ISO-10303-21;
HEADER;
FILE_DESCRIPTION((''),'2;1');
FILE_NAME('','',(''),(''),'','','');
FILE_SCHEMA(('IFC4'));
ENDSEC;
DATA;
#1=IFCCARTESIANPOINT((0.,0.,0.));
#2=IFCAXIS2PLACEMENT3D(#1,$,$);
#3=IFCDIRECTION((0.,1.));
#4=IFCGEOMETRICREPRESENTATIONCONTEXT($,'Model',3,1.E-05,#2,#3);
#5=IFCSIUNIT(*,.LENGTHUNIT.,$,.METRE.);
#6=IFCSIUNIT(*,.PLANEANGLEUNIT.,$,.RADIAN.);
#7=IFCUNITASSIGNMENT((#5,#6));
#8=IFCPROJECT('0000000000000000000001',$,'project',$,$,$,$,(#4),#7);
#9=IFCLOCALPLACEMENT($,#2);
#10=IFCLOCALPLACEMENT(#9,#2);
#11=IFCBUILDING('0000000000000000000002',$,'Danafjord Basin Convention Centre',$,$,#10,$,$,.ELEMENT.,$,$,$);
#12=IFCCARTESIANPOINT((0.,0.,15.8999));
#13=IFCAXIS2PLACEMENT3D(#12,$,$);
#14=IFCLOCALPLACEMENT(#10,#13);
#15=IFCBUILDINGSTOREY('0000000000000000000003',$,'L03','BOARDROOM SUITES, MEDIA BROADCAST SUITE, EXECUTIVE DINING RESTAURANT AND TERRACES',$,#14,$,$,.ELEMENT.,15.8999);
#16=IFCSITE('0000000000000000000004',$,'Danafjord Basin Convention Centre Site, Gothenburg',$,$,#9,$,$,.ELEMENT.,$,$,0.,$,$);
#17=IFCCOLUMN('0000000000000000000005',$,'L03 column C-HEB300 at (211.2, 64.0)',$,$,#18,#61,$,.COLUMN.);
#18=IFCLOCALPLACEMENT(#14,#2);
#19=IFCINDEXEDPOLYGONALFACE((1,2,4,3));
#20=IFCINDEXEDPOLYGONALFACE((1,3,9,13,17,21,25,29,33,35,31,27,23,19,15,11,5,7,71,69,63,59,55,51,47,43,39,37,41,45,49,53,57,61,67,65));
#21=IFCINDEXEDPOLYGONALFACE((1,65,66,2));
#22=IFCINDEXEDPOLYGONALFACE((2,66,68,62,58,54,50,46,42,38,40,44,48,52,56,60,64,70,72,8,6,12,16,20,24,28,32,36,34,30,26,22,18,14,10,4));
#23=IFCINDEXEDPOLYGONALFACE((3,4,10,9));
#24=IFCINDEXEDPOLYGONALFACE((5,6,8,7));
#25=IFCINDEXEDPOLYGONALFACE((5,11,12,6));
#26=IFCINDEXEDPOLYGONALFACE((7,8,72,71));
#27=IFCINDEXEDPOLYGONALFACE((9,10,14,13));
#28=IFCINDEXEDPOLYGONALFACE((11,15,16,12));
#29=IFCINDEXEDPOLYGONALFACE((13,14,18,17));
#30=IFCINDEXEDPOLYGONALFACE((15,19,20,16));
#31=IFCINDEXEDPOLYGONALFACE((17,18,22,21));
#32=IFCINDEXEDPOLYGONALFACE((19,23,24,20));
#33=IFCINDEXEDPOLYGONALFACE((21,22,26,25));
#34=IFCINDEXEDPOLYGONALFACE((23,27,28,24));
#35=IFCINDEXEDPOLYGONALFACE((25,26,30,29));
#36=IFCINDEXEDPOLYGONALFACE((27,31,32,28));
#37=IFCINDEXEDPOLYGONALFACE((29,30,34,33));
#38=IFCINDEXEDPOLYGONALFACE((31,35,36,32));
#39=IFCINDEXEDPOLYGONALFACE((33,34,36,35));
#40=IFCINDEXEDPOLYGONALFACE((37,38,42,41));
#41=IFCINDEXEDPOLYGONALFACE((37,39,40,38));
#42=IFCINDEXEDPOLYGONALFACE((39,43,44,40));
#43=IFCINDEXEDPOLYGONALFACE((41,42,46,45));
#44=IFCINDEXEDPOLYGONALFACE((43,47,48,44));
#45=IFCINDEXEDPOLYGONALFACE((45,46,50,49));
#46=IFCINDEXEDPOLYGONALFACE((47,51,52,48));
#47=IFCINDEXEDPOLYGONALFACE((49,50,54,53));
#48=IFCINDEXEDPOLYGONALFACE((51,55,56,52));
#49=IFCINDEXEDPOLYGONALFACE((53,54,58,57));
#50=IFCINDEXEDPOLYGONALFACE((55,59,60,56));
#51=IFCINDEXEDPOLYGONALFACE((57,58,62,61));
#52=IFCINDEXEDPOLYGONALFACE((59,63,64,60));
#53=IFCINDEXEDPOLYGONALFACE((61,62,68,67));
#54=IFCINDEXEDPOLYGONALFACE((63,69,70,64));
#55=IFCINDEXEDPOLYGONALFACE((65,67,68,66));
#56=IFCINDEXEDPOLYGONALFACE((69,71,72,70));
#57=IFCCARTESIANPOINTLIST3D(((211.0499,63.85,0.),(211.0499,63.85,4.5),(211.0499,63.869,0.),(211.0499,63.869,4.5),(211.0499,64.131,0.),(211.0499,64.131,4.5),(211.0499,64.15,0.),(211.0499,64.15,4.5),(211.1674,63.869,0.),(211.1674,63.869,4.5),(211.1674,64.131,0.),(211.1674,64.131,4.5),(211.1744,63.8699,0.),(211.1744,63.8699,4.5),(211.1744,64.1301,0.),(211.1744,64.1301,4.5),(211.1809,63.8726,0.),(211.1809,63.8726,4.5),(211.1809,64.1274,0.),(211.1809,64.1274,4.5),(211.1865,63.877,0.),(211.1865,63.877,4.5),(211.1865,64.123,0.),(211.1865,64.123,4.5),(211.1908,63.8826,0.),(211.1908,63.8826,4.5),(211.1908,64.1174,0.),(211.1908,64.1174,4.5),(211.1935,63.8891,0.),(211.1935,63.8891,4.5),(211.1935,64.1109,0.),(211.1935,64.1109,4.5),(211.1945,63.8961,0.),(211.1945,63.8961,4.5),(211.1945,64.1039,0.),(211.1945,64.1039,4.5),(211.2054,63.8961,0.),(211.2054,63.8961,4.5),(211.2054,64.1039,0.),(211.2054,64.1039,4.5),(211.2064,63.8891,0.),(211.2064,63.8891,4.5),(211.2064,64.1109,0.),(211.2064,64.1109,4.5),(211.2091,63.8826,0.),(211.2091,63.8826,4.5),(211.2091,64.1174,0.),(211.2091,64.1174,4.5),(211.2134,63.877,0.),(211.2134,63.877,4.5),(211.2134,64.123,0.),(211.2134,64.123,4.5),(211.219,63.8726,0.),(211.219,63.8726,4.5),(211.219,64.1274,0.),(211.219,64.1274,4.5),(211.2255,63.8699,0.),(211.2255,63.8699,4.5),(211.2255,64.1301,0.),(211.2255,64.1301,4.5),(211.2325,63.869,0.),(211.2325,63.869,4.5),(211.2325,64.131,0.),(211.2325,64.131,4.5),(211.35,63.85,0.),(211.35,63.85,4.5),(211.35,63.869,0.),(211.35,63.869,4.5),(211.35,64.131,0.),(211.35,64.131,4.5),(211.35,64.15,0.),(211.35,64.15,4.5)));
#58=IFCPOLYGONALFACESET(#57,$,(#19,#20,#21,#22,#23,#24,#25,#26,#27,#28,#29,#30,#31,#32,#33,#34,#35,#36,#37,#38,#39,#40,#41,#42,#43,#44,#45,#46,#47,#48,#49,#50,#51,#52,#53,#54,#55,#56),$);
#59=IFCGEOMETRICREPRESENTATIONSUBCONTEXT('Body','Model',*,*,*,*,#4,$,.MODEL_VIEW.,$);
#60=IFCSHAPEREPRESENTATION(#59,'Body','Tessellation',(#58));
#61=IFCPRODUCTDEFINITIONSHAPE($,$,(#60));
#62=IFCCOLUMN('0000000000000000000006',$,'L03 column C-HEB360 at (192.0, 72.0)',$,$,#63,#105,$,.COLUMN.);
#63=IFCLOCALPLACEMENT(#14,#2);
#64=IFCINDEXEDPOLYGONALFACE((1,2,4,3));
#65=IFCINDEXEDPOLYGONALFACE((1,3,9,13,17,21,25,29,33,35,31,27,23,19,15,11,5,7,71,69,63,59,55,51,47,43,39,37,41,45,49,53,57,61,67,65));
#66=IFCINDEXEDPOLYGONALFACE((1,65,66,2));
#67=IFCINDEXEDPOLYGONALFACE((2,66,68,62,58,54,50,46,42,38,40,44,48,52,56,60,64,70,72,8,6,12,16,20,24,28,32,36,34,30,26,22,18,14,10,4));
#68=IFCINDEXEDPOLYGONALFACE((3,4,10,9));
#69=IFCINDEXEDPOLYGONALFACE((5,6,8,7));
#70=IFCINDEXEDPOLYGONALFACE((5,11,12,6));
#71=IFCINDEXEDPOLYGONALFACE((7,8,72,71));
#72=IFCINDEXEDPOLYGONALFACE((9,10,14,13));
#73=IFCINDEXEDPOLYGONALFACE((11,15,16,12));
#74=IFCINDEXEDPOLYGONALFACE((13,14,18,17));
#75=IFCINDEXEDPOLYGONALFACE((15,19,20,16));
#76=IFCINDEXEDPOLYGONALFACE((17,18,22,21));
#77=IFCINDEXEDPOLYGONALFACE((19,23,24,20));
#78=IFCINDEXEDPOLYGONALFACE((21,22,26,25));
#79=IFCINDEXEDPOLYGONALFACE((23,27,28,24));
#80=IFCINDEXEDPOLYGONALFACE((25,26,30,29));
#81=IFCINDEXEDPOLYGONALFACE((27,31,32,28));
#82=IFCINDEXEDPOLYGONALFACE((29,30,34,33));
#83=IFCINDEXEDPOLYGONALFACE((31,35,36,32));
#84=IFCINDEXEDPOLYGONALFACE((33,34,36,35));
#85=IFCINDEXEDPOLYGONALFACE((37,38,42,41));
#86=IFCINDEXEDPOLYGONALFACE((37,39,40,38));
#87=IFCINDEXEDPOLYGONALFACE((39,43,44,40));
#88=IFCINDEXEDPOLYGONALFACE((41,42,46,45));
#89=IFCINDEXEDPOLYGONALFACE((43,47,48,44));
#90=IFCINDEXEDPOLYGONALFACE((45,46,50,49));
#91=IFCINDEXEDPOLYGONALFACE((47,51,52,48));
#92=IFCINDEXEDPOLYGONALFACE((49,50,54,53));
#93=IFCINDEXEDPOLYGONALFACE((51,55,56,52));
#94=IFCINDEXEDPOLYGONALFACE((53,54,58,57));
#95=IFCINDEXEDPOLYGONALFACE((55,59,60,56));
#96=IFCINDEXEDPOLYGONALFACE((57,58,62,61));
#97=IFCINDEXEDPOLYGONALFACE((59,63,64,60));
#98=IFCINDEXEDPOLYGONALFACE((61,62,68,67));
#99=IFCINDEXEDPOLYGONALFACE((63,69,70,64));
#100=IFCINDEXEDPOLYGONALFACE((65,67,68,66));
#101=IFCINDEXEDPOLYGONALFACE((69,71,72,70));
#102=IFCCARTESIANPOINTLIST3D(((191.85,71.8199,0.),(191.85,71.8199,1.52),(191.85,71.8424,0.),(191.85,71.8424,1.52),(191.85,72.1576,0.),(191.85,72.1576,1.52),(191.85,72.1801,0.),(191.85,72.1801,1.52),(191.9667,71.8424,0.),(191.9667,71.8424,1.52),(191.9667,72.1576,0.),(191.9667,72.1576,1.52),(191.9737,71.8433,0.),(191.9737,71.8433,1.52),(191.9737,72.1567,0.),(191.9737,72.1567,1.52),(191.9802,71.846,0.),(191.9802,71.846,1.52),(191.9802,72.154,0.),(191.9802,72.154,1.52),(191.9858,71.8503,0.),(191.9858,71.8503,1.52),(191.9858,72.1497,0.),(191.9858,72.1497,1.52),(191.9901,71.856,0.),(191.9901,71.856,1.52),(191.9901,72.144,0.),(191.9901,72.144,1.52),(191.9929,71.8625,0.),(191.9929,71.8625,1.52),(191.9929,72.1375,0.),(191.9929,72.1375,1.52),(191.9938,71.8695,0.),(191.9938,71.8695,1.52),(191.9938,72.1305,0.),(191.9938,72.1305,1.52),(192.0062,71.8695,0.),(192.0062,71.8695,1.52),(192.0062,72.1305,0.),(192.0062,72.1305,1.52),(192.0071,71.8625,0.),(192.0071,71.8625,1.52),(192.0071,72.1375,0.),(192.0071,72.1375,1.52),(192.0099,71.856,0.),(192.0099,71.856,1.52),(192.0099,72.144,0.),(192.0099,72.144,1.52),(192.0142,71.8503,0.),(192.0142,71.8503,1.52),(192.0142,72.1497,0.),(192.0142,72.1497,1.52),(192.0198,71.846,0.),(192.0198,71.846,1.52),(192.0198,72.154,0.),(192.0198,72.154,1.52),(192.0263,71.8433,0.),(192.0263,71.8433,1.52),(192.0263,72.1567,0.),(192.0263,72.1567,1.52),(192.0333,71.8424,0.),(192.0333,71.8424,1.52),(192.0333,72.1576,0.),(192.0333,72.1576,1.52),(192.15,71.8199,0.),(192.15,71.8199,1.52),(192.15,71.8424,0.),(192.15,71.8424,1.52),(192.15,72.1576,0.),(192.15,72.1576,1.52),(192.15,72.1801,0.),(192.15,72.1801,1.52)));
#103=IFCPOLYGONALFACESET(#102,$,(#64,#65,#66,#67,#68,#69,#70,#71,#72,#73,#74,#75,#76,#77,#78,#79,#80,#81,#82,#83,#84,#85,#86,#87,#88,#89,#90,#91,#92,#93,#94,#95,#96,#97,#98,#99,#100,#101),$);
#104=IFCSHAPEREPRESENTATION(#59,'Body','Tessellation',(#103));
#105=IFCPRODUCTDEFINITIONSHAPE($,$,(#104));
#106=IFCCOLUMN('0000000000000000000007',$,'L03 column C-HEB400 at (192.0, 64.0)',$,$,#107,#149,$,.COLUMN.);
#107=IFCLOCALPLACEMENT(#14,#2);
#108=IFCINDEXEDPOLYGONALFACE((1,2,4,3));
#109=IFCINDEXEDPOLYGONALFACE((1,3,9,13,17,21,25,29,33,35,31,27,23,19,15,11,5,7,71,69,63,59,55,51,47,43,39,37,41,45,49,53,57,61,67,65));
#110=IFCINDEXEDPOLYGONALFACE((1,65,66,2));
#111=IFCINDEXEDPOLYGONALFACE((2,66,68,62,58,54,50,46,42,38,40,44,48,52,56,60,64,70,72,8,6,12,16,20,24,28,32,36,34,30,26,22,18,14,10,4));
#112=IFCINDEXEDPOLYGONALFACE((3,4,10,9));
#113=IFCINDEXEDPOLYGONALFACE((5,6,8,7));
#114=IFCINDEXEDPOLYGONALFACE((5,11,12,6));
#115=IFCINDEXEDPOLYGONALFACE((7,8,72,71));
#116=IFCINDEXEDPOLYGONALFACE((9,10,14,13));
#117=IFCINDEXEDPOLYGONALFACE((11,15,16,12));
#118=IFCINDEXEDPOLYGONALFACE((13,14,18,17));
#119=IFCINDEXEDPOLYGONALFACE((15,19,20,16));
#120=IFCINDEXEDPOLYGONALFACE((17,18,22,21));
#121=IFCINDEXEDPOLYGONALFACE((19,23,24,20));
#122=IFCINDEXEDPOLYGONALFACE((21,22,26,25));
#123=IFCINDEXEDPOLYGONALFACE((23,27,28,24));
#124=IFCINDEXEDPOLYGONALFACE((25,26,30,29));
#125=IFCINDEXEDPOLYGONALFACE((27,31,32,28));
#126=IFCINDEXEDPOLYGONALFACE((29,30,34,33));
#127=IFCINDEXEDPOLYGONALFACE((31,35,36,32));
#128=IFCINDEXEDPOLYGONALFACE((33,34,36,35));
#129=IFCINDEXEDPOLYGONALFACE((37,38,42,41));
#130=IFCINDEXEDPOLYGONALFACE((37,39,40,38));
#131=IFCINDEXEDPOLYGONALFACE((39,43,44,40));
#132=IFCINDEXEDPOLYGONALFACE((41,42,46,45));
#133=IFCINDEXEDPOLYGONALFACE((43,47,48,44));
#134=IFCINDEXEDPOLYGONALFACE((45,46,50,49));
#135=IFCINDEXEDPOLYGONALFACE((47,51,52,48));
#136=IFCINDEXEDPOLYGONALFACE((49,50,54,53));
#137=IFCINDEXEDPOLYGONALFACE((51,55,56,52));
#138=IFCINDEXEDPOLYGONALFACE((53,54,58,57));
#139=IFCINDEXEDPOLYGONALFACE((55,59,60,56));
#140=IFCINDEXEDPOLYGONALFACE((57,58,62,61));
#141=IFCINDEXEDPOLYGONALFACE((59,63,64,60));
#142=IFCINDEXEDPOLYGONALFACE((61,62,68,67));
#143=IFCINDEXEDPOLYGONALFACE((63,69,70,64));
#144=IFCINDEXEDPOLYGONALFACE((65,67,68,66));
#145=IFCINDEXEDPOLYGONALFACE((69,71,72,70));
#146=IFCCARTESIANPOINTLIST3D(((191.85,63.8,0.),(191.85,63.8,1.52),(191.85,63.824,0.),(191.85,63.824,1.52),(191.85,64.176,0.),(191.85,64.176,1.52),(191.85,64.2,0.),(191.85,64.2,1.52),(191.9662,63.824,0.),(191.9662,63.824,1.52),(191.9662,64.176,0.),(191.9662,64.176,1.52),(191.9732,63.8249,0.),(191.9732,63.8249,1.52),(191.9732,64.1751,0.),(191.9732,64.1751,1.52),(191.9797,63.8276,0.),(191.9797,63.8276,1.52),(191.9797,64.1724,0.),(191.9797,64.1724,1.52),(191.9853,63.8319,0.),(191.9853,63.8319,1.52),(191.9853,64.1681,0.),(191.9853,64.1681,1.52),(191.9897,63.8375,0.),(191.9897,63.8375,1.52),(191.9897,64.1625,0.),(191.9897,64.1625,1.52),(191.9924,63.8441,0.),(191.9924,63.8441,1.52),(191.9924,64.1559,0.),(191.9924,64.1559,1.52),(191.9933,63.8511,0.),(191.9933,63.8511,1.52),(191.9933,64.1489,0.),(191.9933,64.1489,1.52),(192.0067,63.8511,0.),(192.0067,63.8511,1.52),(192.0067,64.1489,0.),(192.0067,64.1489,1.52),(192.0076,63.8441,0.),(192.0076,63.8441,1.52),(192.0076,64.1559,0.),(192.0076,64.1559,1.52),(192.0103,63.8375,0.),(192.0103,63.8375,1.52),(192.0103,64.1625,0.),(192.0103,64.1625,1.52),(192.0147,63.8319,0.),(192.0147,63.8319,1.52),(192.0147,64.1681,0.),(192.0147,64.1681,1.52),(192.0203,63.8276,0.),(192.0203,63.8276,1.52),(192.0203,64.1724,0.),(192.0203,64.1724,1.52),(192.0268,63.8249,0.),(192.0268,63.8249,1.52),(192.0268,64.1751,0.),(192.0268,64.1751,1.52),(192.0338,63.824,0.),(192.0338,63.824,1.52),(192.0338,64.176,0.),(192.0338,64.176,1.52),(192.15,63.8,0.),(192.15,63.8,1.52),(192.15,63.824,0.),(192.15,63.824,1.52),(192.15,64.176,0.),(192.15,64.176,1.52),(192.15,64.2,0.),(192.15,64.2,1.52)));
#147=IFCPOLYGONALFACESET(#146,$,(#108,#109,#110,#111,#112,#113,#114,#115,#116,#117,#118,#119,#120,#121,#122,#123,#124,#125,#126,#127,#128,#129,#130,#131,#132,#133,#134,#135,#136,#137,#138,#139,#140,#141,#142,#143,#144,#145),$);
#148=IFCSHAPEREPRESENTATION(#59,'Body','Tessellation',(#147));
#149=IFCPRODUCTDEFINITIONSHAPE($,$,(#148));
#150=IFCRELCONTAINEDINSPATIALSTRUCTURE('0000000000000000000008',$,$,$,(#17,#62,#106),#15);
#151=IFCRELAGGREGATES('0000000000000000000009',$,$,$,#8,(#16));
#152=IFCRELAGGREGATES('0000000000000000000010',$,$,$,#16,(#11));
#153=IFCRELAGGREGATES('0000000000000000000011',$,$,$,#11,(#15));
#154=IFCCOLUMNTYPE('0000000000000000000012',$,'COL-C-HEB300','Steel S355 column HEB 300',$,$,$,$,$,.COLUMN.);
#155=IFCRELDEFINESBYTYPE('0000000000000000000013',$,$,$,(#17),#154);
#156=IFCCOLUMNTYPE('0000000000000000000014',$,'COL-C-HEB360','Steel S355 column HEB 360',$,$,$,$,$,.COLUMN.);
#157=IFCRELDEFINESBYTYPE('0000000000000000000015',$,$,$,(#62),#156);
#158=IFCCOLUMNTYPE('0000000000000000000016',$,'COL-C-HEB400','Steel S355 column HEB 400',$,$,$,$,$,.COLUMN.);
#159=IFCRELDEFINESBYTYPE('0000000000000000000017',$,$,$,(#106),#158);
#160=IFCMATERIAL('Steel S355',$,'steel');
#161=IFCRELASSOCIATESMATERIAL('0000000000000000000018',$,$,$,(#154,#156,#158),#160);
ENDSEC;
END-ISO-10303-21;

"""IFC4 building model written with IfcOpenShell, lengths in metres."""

from ifc_helpers import new_model, si_unit, direction, frame, origin, origin_2d, place, context, subcontext, project, spatial, i_section, extrude, material, material_profile, profile_set, type_object, element, save


model = new_model("IFC4")

# Units and contexts
model_context = context("Model", 3, precision=1e-05, world=origin(), true_north=direction((0.0, 1.0)))
body_context = subcontext(model_context, "Body", "Model", "MODEL_VIEW")
ifc_project = project(units=[si_unit("LENGTHUNIT", "METRE"), si_unit("PLANEANGLEUNIT", "RADIAN")], contexts=[model_context])

# Site, building, storey
site_placement = place(None, origin())
site = spatial("IfcSite", under=ifc_project, at=site_placement, Name="Danafjord Basin Convention Centre Site, Gothenburg", CompositionType="ELEMENT", RefElevation=0.0)
building_placement = place(site_placement, origin())
building = spatial("IfcBuilding", under=site, at=building_placement, Name="Danafjord Basin Convention Centre", CompositionType="ELEMENT")
storey_placement = place(building_placement, frame((0.0, 0.0, 15.8999)))
storey = spatial("IfcBuildingStorey", under=building, at=storey_placement, Name="L03", Description="BOARDROOM SUITES, MEDIA BROADCAST SUITE, EXECUTIVE DINING RESTAURANT AND TERRACES", CompositionType="ELEMENT", Elevation=15.8999)

# Columns
ifc_material_1 = material(Name="Steel S355", Category="steel")
ifc_material_profile_1 = material_profile(ifc_material_1, i_section(OverallWidth=0.3, OverallDepth=0.3, WebThickness=0.011, FlangeThickness=0.019, FilletRadius=0.0271, at=origin_2d()), Name="HEB 300")
ifc_profile_set_1 = profile_set([ifc_material_profile_1], Name="Steel S355")
column_type_1 = type_object("IfcColumnType", Name="COL-C-HEB300", Description="Steel S355 column HEB 300", PredefinedType="COLUMN", material=ifc_profile_set_1)
column_1_placement = place(storey_placement, frame((211.2, 64.0, 0.0), z_axis=(0.0, 0.0, 1.0), x_axis=(1.0, 0.0, 0.0)))
element("IfcColumn", 1, at=column_1_placement, inside=storey, type_object=column_type_1, Name="L03 column C-HEB300 at (211.2, 64.0)", PredefinedType="COLUMN", context=body_context, shape_type="SweptSolid", body=[
    extrude(i_section(OverallWidth=0.3, OverallDepth=0.3, WebThickness=0.011, FlangeThickness=0.019, FilletRadius=0.0271, at=origin_2d()), origin(), (0.0, 0.0, 1.0), 4.5),
])
ifc_material_profile_2 = material_profile(ifc_material_1, i_section(OverallWidth=0.3, OverallDepth=0.3601, WebThickness=0.0125, FlangeThickness=0.0225, FilletRadius=0.0271, at=origin_2d()), Name="HEB 360")
ifc_profile_set_2 = profile_set([ifc_material_profile_2], Name="Steel S355")
column_type_2 = type_object("IfcColumnType", Name="COL-C-HEB360", Description="Steel S355 column HEB 360", PredefinedType="COLUMN", material=ifc_profile_set_2)
column_2_placement = place(storey_placement, frame((192.0, 72.0, 0.0), z_axis=(0.0, 0.0, 1.0), x_axis=(1.0, 0.0, 0.0)))
element("IfcColumn", 2, at=column_2_placement, inside=storey, type_object=column_type_2, Name="L03 column C-HEB360 at (192.0, 72.0)", PredefinedType="COLUMN", context=body_context, shape_type="SweptSolid", body=[
    extrude(i_section(OverallWidth=0.3, OverallDepth=0.3601, WebThickness=0.0125, FlangeThickness=0.0225, FilletRadius=0.0271, at=origin_2d()), origin(), (0.0, 0.0, 1.0), 1.52),
])
ifc_material_profile_3 = material_profile(ifc_material_1, i_section(OverallWidth=0.3, OverallDepth=0.3999, WebThickness=0.0134, FlangeThickness=0.0239, FilletRadius=0.0271, at=origin_2d()), Name="HEB 400")
ifc_profile_set_3 = profile_set([ifc_material_profile_3], Name="Steel S355")
column_type_3 = type_object("IfcColumnType", Name="COL-C-HEB400", Description="Steel S355 column HEB 400", PredefinedType="COLUMN", material=ifc_profile_set_3)
column_3_placement = place(storey_placement, frame((192.0, 64.0, 0.0), z_axis=(0.0, 0.0, 1.0), x_axis=(1.0, 0.0, 0.0)))
element("IfcColumn", 3, at=column_3_placement, inside=storey, type_object=column_type_3, Name="L03 column C-HEB400 at (192.0, 64.0)", PredefinedType="COLUMN", context=body_context, shape_type="SweptSolid", body=[
    extrude(i_section(OverallWidth=0.3, OverallDepth=0.3999, WebThickness=0.0134, FlangeThickness=0.0239, FilletRadius=0.0271, at=origin_2d()), origin(), (0.0, 0.0, 1.0), 1.52),
])

save(model, "model.ifc")
